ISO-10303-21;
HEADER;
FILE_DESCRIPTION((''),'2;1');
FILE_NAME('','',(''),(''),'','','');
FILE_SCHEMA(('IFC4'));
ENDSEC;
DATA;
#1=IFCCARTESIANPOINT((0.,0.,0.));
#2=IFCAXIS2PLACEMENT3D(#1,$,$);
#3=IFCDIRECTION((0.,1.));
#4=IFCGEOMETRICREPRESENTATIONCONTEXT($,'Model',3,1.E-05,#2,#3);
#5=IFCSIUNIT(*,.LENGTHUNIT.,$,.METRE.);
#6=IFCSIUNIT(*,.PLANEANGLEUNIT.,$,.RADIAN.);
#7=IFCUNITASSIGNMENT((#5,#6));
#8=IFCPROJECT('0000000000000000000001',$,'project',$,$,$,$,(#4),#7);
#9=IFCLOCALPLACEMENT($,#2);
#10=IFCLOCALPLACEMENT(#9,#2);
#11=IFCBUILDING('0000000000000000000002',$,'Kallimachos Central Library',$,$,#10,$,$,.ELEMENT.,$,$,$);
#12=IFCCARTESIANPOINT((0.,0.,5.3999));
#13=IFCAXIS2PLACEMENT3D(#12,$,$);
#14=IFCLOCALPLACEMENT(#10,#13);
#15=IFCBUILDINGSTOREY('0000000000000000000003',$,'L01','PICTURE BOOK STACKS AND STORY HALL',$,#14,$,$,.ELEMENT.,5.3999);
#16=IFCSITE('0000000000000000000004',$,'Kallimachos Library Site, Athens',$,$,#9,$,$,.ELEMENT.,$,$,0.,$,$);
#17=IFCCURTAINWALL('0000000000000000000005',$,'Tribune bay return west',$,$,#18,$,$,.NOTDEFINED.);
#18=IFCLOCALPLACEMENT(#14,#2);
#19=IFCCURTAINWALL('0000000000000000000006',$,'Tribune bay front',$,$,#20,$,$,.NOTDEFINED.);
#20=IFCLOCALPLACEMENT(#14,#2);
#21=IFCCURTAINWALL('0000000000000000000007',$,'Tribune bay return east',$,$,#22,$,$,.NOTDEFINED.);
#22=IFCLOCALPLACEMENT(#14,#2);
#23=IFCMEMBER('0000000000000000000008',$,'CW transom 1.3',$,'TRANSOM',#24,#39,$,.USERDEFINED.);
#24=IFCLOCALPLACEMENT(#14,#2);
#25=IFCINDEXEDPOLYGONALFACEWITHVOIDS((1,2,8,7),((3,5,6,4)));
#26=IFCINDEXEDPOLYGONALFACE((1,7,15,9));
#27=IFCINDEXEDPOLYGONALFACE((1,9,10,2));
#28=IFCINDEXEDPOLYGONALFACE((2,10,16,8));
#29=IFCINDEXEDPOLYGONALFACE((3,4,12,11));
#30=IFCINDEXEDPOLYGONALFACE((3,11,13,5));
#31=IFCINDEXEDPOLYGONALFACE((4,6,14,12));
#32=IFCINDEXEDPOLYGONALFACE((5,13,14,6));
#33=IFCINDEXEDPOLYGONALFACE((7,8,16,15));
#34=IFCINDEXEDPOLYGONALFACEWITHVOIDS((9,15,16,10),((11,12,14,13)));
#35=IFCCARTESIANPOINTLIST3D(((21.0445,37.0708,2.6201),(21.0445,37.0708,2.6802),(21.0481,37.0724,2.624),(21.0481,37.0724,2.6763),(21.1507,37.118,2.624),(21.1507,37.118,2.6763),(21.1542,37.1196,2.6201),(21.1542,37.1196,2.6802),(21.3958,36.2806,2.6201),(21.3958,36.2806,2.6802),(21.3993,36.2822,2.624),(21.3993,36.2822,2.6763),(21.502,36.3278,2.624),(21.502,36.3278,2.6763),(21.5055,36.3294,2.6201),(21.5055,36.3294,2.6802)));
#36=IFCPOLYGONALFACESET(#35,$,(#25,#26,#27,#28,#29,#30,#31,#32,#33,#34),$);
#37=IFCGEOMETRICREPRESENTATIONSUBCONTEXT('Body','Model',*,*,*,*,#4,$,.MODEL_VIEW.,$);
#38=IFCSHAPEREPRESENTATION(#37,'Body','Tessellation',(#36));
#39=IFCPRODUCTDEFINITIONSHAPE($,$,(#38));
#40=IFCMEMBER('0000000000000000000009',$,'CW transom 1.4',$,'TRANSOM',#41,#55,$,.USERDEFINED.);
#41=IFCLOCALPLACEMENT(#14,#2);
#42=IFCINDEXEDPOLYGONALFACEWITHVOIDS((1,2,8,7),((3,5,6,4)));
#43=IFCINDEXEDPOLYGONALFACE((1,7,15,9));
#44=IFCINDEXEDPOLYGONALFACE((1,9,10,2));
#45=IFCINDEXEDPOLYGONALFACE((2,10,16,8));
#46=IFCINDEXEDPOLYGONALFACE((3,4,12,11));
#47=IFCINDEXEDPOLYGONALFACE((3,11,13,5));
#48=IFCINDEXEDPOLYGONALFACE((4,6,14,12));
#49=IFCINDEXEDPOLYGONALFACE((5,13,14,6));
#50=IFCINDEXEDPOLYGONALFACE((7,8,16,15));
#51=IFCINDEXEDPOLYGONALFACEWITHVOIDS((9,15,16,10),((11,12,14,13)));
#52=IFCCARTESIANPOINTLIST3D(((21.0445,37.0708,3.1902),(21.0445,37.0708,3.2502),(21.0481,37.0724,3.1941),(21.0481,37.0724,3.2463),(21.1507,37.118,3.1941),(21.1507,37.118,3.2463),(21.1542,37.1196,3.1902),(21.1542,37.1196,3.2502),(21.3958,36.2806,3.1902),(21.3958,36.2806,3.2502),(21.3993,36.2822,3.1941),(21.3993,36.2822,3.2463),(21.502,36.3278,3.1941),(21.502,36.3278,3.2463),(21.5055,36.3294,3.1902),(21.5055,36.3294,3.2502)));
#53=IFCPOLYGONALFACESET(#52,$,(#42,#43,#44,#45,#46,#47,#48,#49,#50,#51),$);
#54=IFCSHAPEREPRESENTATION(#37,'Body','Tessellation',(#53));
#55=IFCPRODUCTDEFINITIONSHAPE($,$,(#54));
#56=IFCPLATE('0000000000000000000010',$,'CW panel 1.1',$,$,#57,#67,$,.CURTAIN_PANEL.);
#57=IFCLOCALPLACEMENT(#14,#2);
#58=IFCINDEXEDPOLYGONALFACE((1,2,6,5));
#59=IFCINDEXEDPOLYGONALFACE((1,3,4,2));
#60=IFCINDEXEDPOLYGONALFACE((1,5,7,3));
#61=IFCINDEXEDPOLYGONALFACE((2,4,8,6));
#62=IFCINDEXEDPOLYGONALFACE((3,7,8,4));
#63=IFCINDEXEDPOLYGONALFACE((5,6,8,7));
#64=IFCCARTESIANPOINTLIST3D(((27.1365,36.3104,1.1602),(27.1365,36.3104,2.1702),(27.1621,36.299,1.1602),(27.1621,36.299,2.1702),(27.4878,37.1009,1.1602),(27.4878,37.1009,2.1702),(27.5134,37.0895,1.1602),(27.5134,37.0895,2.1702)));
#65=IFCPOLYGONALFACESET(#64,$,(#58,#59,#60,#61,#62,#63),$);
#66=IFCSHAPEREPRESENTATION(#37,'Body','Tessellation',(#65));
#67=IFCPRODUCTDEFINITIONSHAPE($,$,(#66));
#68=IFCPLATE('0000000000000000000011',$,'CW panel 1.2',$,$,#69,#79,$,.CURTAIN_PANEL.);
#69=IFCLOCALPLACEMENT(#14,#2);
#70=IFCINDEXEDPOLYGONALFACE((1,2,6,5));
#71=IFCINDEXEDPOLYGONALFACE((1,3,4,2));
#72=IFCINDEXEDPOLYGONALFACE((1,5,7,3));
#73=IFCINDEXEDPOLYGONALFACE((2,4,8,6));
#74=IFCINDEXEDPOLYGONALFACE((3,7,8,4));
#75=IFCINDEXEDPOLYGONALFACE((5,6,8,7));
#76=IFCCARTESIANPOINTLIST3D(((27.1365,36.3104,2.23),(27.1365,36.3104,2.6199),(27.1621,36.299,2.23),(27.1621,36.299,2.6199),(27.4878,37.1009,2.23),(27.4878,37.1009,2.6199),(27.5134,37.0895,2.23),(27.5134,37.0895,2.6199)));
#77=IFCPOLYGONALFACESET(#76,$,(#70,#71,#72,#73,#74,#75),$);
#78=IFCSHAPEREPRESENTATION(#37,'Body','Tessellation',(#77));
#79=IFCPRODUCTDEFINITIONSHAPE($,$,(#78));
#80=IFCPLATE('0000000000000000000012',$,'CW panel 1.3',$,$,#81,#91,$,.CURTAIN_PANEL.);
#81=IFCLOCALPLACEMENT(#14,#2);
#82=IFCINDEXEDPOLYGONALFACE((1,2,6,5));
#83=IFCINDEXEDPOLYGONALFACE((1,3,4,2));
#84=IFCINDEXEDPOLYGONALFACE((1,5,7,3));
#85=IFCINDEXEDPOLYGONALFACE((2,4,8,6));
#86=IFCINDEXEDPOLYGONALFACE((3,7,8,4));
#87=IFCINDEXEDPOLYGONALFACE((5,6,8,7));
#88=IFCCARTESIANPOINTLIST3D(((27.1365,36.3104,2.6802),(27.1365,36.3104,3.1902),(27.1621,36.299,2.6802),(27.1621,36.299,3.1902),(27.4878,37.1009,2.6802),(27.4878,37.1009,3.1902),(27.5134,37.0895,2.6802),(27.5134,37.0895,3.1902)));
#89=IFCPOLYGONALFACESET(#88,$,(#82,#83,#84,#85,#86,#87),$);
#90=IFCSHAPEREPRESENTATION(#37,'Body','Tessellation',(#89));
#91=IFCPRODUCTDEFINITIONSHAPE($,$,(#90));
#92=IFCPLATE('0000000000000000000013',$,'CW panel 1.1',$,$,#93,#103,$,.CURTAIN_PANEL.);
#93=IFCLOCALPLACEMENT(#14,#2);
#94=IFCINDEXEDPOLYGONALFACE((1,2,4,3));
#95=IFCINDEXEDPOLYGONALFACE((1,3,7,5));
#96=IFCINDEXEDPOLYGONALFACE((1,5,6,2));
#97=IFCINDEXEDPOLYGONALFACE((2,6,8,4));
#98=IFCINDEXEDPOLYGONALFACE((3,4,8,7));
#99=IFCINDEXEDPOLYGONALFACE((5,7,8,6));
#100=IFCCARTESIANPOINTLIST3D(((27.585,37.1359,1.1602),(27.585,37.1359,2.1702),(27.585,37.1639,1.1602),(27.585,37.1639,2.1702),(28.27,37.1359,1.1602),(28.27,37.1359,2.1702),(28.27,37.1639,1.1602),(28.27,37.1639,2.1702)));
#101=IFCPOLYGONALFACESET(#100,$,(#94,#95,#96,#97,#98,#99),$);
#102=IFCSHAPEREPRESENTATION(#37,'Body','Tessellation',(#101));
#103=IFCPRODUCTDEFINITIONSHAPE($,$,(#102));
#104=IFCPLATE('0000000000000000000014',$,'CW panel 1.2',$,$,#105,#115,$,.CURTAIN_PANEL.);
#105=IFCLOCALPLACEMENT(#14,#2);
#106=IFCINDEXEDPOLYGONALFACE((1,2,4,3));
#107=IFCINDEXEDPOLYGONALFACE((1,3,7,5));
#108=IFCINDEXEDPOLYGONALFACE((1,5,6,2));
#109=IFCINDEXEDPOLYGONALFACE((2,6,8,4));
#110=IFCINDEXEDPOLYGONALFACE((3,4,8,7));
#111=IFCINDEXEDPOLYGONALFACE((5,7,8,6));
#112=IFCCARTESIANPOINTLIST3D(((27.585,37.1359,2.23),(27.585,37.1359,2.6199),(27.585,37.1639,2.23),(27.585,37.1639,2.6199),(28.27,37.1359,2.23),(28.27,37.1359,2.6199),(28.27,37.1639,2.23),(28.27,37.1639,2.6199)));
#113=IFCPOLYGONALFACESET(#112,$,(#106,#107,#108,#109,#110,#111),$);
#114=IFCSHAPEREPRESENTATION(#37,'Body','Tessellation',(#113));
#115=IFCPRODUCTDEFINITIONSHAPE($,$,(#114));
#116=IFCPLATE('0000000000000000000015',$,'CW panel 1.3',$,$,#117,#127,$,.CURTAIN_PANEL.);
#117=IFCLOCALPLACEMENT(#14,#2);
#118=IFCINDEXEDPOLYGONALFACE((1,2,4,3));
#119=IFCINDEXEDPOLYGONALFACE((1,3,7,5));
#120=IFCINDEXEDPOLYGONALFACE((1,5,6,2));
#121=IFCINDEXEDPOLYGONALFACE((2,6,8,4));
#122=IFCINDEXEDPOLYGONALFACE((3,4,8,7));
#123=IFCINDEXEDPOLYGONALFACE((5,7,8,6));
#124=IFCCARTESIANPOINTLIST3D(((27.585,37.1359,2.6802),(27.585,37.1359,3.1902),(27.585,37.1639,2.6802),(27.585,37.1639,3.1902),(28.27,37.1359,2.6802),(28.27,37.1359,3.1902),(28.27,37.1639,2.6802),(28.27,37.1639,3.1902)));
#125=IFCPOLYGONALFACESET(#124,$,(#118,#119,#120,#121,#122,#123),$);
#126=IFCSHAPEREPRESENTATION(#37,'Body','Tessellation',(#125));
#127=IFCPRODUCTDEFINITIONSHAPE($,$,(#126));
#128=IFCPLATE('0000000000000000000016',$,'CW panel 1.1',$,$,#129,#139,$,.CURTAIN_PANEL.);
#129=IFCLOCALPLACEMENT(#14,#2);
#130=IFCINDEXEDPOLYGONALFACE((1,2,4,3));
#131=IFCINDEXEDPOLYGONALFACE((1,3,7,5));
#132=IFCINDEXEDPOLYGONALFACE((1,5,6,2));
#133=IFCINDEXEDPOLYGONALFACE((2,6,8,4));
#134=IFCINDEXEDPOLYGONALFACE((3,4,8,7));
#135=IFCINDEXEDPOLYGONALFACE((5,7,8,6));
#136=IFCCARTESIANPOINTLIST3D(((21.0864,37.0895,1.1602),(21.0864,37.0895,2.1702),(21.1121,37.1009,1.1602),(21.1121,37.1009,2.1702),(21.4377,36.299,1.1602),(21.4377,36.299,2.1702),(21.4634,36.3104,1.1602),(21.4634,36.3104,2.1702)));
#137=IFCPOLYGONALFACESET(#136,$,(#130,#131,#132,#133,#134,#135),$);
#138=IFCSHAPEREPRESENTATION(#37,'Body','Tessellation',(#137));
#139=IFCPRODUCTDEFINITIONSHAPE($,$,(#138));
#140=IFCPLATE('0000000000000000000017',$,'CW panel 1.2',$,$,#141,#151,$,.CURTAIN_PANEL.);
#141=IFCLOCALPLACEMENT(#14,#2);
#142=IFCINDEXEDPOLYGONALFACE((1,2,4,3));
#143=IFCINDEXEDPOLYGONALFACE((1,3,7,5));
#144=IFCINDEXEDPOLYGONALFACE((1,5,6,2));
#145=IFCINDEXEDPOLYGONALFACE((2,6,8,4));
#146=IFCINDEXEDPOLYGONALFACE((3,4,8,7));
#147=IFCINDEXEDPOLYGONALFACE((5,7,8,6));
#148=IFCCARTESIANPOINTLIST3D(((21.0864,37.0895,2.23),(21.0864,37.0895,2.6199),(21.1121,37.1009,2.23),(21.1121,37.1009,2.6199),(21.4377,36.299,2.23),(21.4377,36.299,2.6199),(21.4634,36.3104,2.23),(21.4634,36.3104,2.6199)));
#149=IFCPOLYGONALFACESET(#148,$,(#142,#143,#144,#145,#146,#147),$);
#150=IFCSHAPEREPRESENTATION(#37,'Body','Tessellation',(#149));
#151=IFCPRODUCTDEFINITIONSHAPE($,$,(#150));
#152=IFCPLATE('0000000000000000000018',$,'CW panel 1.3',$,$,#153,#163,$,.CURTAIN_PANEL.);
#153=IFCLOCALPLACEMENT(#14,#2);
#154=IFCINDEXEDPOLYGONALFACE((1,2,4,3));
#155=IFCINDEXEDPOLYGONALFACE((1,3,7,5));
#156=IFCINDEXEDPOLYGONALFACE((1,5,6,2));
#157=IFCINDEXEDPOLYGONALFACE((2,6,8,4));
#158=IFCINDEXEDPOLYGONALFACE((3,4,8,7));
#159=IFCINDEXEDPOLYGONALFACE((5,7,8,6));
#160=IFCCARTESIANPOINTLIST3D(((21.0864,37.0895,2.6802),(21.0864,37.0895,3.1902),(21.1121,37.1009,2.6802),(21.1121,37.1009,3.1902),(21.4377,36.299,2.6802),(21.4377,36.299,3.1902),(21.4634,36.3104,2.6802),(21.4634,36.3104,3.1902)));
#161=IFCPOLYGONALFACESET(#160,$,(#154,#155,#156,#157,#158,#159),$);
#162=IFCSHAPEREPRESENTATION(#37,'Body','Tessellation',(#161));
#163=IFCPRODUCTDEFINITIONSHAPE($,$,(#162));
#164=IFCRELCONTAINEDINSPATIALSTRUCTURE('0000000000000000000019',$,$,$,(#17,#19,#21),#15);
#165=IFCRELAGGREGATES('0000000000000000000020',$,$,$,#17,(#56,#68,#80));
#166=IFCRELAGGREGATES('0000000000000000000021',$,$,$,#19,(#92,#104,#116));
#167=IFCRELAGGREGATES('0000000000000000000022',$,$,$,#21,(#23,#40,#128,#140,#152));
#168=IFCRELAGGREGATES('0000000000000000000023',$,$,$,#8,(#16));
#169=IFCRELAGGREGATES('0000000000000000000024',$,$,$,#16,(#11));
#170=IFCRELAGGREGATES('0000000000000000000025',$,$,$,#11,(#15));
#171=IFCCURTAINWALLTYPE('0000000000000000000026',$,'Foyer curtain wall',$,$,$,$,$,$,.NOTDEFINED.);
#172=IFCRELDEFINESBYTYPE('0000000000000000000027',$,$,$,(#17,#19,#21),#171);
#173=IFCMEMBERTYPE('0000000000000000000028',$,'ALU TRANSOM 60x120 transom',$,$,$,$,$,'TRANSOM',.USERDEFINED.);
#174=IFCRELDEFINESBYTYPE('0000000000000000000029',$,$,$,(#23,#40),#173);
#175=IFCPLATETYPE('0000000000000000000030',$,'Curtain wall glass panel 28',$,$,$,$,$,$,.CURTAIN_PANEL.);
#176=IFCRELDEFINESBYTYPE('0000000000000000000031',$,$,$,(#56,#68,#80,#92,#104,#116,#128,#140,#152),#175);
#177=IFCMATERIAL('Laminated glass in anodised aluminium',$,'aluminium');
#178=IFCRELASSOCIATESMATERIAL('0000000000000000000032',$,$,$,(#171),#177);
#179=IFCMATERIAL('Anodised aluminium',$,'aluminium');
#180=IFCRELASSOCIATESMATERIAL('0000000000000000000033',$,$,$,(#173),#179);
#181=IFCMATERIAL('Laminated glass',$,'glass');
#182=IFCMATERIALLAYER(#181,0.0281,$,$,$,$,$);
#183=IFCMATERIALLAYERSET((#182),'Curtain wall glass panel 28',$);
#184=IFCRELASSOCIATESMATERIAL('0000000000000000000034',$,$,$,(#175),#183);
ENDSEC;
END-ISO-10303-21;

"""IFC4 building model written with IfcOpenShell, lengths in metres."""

from ifc_helpers import new_model, si_unit, direction, frame, origin, origin_2d, place, context, subcontext, project, spatial, rectangle, hollow_rectangle, extrude, material, layer, layer_set, material_profile, profile_set, type_object, element, aggregate, save


model = new_model("IFC4")

# Units and contexts
model_context = context("Model", 3, precision=1e-05, world=origin(), true_north=direction((0.0, 1.0)))
body_context = subcontext(model_context, "Body", "Model", "MODEL_VIEW")
ifc_project = project(units=[si_unit("LENGTHUNIT", "METRE"), si_unit("PLANEANGLEUNIT", "RADIAN")], contexts=[model_context])

# Site, building, storey
site_placement = place(None, origin())
site = spatial("IfcSite", under=ifc_project, at=site_placement, Name="Kallimachos Library Site, Athens", CompositionType="ELEMENT", RefElevation=0.0)
building_placement = place(site_placement, origin())
building = spatial("IfcBuilding", under=site, at=building_placement, Name="Kallimachos Central Library", CompositionType="ELEMENT")
storey_placement = place(building_placement, frame((0.0, 0.0, 5.3999)))
storey = spatial("IfcBuildingStorey", under=building, at=storey_placement, Name="L01", Description="PICTURE BOOK STACKS AND STORY HALL", CompositionType="ELEMENT", Elevation=5.3999)

# Curtain wall
ifc_material_1 = material(Name="Laminated glass in anodised aluminium", Category="aluminium")
curtain_wall_type = type_object("IfcCurtainWallType", Name="Foyer curtain wall", PredefinedType="NOTDEFINED", material=ifc_material_1)
curtain_wall_1_placement = place(storey_placement, origin())
curtain_wall_1 = element("IfcCurtainWall", 1, at=curtain_wall_1_placement, inside=storey, type_object=curtain_wall_type, Name="Tribune bay return west", PredefinedType="NOTDEFINED")

# Curtain walls, members
curtain_wall_2_placement = place(storey_placement, origin())
curtain_wall_2 = element("IfcCurtainWall", 2, at=curtain_wall_2_placement, inside=storey, type_object=curtain_wall_type, Name="Tribune bay front", PredefinedType="NOTDEFINED")
ifc_material_2 = material(Name="Anodised aluminium", Category="aluminium")
ifc_material_profile_1 = material_profile(ifc_material_2, hollow_rectangle(XDim=0.0601, YDim=0.1201, WallThickness=0.0039, at=origin_2d()), Name="ALU TRANSOM 60x120")
ifc_profile_set_1 = profile_set([ifc_material_profile_1], Name="Anodised aluminium")
member_type_1 = type_object("IfcMemberType", Name="ALU TRANSOM 60x120 transom", ElementType="TRANSOM", PredefinedType="USERDEFINED", material=ifc_profile_set_1)
curtain_wall_3_placement = place(storey_placement, origin())
curtain_wall_3 = element("IfcCurtainWall", 3, at=curtain_wall_3_placement, inside=storey, type_object=curtain_wall_type, Name="Tribune bay return east", PredefinedType="NOTDEFINED")
member_1_placement = place(storey_placement, frame((21.0994, 37.0952, 2.6501), z_axis=(0.406217, -0.913777, 0.0), x_axis=(0.0, 0.0, 1.0)))
member_1 = element("IfcMember", 4, at=member_1_placement, type_object=member_type_1, Name="CW transom 1.3", ObjectType="TRANSOM", PredefinedType="USERDEFINED", context=body_context, shape_type="SweptSolid", body=[
    extrude(hollow_rectangle(XDim=0.0601, YDim=0.1201, WallThickness=0.0039, at=origin_2d()), origin(), (0.0, 0.0, 1.0), 0.8647),
])
member_2_placement = place(storey_placement, frame((21.0994, 37.0952, 3.2202), z_axis=(0.406217, -0.913777, 0.0), x_axis=(0.0, 0.0, 1.0)))
member_2 = element("IfcMember", 5, at=member_2_placement, type_object=member_type_1, Name="CW transom 1.4", ObjectType="TRANSOM", PredefinedType="USERDEFINED", context=body_context, shape_type="SweptSolid", body=[
    extrude(hollow_rectangle(XDim=0.0601, YDim=0.1201, WallThickness=0.0039, at=origin_2d()), origin(), (0.0, 0.0, 1.0), 0.8647),
])

# Plates
ifc_material_3 = material(Name="Laminated glass", Category="glass")
ifc_layer = layer(ifc_material_3, 0.0281)
ifc_layer_set = layer_set([ifc_layer], Name="Curtain wall glass panel 28")
plate_type = type_object("IfcPlateType", Name="Curtain wall glass panel 28", PredefinedType="CURTAIN_PANEL", material=ifc_layer_set)
plate_1_placement = place(storey_placement, frame((27.325, 36.7, 1.1602), z_axis=(0.0, 0.0, 1.0), x_axis=(0.406138, 0.913812, 0.0)))
plate_1 = element("IfcPlate", 6, at=plate_1_placement, type_object=plate_type, Name="CW panel 1.1", PredefinedType="CURTAIN_PANEL", context=body_context, shape_type="SweptSolid", body=[
    extrude(rectangle(XDim=0.865, YDim=0.0281, at=origin_2d()), origin(), (0.0, 0.0, 1.0), 1.01),
])
plate_2_placement = place(storey_placement, frame((27.325, 36.7, 2.23), z_axis=(0.0, 0.0, 1.0), x_axis=(0.406138, 0.913812, 0.0)))
plate_2 = element("IfcPlate", 7, at=plate_2_placement, type_object=plate_type, Name="CW panel 1.2", PredefinedType="CURTAIN_PANEL", context=body_context, shape_type="SweptSolid", body=[
    extrude(rectangle(XDim=0.865, YDim=0.0281, at=origin_2d()), origin(), (0.0, 0.0, 1.0), 0.3899),
])
plate_3_placement = place(storey_placement, frame((27.325, 36.7, 2.6802), z_axis=(0.0, 0.0, 1.0), x_axis=(0.406138, 0.913812, 0.0)))
plate_3 = element("IfcPlate", 8, at=plate_3_placement, type_object=plate_type, Name="CW panel 1.3", PredefinedType="CURTAIN_PANEL", context=body_context, shape_type="SweptSolid", body=[
    extrude(rectangle(XDim=0.865, YDim=0.0281, at=origin_2d()), origin(), (0.0, 0.0, 1.0), 0.51),
])
aggregate(curtain_wall_1, [plate_1, plate_2, plate_3])
plate_4_placement = place(storey_placement, frame((27.9275, 37.1499, 1.1602), z_axis=(0.0, 0.0, 1.0), x_axis=(1.0, 0.0, 0.0)))
plate_4 = element("IfcPlate", 9, at=plate_4_placement, type_object=plate_type, Name="CW panel 1.1", PredefinedType="CURTAIN_PANEL", context=body_context, shape_type="SweptSolid", body=[
    extrude(rectangle(XDim=0.6851, YDim=0.0281, at=origin_2d()), origin(), (0.0, 0.0, 1.0), 1.01),
])
plate_5_placement = place(storey_placement, frame((27.9275, 37.1499, 2.23), z_axis=(0.0, 0.0, 1.0), x_axis=(1.0, 0.0, 0.0)))
plate_5 = element("IfcPlate", 10, at=plate_5_placement, type_object=plate_type, Name="CW panel 1.2", PredefinedType="CURTAIN_PANEL", context=body_context, shape_type="SweptSolid", body=[
    extrude(rectangle(XDim=0.6851, YDim=0.0281, at=origin_2d()), origin(), (0.0, 0.0, 1.0), 0.3899),
])
plate_6_placement = place(storey_placement, frame((27.9275, 37.1499, 2.6802), z_axis=(0.0, 0.0, 1.0), x_axis=(1.0, 0.0, 0.0)))
plate_6 = element("IfcPlate", 11, at=plate_6_placement, type_object=plate_type, Name="CW panel 1.3", PredefinedType="CURTAIN_PANEL", context=body_context, shape_type="SweptSolid", body=[
    extrude(rectangle(XDim=0.6851, YDim=0.0281, at=origin_2d()), origin(), (0.0, 0.0, 1.0), 0.51),
])
aggregate(curtain_wall_2, [plate_4, plate_5, plate_6])
plate_7_placement = place(storey_placement, frame((21.2749, 36.7, 1.1602), z_axis=(0.0, 0.0, 1.0), x_axis=(0.406138, -0.913812, 0.0)))
plate_7 = element("IfcPlate", 12, at=plate_7_placement, type_object=plate_type, Name="CW panel 1.1", PredefinedType="CURTAIN_PANEL", context=body_context, shape_type="SweptSolid", body=[
    extrude(rectangle(XDim=0.865, YDim=0.0281, at=origin_2d()), origin(), (0.0, 0.0, 1.0), 1.01),
])
plate_8_placement = place(storey_placement, frame((21.2749, 36.7, 2.23), z_axis=(0.0, 0.0, 1.0), x_axis=(0.406138, -0.913812, 0.0)))
plate_8 = element("IfcPlate", 13, at=plate_8_placement, type_object=plate_type, Name="CW panel 1.2", PredefinedType="CURTAIN_PANEL", context=body_context, shape_type="SweptSolid", body=[
    extrude(rectangle(XDim=0.865, YDim=0.0281, at=origin_2d()), origin(), (0.0, 0.0, 1.0), 0.3899),
])
plate_9_placement = place(storey_placement, frame((21.2749, 36.7, 2.6802), z_axis=(0.0, 0.0, 1.0), x_axis=(0.406138, -0.913812, 0.0)))
plate_9 = element("IfcPlate", 14, at=plate_9_placement, type_object=plate_type, Name="CW panel 1.3", PredefinedType="CURTAIN_PANEL", context=body_context, shape_type="SweptSolid", body=[
    extrude(rectangle(XDim=0.865, YDim=0.0281, at=origin_2d()), origin(), (0.0, 0.0, 1.0), 0.51),
])
aggregate(curtain_wall_3, [member_1, member_2, plate_7, plate_8, plate_9])

save(model, "model.ifc")
